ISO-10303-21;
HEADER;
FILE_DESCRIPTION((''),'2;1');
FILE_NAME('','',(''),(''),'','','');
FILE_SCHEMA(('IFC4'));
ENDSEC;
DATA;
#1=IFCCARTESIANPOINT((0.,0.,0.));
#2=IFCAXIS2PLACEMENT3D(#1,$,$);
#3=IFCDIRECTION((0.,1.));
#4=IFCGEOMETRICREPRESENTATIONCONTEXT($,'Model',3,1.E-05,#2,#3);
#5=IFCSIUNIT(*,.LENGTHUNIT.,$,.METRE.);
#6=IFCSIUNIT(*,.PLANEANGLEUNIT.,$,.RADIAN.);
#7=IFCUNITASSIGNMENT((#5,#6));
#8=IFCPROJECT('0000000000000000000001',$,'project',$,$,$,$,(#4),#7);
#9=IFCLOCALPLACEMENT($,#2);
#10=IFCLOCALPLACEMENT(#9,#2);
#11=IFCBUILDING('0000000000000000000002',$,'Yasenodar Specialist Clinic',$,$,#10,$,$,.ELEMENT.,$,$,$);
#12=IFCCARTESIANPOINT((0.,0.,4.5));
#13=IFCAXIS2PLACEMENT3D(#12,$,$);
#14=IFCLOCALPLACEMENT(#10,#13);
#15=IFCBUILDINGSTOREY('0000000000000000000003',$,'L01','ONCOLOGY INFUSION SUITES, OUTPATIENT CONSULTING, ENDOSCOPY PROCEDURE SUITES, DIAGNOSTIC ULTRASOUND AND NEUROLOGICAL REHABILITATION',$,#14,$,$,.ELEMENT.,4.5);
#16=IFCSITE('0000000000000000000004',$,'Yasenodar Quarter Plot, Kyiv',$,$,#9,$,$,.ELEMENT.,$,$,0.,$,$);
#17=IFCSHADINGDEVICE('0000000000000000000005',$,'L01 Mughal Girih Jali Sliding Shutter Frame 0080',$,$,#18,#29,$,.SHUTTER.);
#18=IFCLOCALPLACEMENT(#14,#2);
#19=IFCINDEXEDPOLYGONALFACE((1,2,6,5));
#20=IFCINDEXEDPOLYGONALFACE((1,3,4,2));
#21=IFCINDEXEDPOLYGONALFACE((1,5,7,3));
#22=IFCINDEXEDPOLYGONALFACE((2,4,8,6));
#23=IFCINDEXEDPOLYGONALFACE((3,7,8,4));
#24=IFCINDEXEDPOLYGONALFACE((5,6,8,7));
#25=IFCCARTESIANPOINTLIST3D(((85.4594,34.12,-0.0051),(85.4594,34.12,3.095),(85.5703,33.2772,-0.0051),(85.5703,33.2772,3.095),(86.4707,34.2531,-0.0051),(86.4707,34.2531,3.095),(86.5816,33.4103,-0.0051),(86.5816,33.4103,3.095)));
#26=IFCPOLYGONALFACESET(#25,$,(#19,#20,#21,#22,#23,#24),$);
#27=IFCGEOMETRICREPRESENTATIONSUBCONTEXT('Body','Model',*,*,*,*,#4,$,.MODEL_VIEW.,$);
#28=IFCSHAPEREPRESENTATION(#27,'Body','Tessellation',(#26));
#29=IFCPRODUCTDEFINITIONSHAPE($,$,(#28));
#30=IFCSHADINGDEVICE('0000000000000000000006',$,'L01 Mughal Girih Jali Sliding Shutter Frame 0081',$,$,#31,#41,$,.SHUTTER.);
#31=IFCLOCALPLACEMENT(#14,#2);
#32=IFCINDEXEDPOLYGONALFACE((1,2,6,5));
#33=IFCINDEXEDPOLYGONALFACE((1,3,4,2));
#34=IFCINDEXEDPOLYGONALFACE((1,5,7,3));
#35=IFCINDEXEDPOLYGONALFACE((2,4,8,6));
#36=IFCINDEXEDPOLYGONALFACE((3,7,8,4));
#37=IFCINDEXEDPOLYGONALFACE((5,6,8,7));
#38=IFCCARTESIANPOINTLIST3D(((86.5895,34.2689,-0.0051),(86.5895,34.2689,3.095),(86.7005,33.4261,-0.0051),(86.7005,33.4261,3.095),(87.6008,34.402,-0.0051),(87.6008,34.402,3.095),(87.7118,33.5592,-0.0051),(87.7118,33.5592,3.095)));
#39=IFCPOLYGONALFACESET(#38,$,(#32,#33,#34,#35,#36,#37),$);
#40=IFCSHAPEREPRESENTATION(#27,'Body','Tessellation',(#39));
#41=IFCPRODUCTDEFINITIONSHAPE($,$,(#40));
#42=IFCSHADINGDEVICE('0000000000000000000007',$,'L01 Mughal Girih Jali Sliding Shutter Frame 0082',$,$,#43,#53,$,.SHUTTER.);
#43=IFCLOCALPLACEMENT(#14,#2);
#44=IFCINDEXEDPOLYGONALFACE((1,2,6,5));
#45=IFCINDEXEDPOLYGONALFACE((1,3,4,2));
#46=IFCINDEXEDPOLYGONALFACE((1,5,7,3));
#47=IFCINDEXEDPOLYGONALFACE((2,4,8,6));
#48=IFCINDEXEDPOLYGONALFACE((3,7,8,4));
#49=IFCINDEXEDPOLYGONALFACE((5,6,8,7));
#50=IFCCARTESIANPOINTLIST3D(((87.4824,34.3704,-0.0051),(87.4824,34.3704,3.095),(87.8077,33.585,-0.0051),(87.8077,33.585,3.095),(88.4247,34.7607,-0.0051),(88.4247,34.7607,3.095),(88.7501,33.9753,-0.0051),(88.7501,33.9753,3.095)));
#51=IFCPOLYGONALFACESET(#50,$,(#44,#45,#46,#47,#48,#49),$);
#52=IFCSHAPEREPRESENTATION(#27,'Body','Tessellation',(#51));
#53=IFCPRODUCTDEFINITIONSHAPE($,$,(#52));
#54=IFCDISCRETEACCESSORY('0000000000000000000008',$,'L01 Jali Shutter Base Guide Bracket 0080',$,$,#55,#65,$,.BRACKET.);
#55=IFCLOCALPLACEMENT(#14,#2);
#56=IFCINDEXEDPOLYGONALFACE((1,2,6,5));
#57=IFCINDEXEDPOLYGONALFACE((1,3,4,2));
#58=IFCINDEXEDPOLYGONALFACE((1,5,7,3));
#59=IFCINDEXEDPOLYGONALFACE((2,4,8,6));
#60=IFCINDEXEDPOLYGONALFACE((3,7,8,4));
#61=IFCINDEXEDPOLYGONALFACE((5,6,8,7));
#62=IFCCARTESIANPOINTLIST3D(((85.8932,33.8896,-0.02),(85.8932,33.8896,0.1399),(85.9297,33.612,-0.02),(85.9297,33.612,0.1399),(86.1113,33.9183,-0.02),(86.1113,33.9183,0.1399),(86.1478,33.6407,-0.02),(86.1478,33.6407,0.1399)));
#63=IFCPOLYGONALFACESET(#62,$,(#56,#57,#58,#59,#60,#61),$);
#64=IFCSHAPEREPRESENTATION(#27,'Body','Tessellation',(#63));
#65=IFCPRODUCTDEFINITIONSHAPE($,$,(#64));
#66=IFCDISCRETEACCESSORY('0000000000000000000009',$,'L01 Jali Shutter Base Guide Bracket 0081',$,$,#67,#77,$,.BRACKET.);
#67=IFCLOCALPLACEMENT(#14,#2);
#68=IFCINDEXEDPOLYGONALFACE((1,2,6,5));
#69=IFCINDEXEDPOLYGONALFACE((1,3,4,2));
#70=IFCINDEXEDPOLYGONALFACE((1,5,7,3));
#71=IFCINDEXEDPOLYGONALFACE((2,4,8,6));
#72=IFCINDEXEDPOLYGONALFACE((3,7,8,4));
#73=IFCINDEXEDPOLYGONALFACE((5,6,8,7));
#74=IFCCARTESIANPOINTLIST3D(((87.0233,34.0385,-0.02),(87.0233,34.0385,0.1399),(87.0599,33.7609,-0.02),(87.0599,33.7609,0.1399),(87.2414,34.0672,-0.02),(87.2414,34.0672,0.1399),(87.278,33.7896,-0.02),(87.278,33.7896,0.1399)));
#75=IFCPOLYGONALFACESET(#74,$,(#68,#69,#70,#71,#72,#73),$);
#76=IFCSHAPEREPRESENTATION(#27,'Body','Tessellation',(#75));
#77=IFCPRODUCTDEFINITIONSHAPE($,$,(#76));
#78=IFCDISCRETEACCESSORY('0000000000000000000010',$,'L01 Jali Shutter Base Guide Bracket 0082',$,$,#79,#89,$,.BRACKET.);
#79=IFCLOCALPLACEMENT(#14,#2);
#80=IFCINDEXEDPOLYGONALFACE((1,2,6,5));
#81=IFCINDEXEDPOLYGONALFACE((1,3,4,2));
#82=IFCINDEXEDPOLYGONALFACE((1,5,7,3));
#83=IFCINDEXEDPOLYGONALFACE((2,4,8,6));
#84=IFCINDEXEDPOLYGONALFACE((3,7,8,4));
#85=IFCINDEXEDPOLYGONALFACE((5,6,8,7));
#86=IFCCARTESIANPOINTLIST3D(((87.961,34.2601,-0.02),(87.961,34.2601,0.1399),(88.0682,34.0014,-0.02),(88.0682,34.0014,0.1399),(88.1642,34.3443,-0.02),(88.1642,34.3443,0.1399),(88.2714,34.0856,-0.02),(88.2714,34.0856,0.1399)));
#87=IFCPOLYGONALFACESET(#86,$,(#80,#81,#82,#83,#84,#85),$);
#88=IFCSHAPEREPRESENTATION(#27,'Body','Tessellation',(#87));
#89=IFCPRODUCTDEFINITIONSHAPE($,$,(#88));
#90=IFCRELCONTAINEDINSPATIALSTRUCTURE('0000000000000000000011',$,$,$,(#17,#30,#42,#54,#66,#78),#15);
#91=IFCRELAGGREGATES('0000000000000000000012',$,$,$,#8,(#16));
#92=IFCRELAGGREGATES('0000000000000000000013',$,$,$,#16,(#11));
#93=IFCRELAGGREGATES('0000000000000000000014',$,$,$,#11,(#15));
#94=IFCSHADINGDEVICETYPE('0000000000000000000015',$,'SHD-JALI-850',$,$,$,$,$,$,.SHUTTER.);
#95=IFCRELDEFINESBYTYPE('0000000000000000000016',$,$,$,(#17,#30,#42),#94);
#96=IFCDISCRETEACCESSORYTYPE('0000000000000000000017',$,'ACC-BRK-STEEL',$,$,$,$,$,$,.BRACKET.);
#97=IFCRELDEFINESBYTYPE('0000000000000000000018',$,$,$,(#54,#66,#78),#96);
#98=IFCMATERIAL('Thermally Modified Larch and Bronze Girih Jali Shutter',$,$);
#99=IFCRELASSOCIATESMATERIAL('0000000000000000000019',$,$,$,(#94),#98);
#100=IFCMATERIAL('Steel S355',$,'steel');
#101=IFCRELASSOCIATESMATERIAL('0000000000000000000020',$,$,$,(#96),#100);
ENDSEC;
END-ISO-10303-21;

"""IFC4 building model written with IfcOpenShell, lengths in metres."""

from ifc_helpers import new_model, si_unit, direction, frame, origin, origin_2d, place, context, subcontext, project, spatial, rectangle, extrude, material, type_object, element, save


model = new_model("IFC4")

# Units and contexts
model_context = context("Model", 3, precision=1e-05, world=origin(), true_north=direction((0.0, 1.0)))
body_context = subcontext(model_context, "Body", "Model", "MODEL_VIEW")
ifc_project = project(units=[si_unit("LENGTHUNIT", "METRE"), si_unit("PLANEANGLEUNIT", "RADIAN")], contexts=[model_context])

# Site, building, storey
site_placement = place(None, origin())
site = spatial("IfcSite", under=ifc_project, at=site_placement, Name="Yasenodar Quarter Plot, Kyiv", CompositionType="ELEMENT", RefElevation=0.0)
building_placement = place(site_placement, origin())
building = spatial("IfcBuilding", under=site, at=building_placement, Name="Yasenodar Specialist Clinic", CompositionType="ELEMENT")
storey_placement = place(building_placement, frame((0.0, 0.0, 4.5)))
storey = spatial("IfcBuildingStorey", under=building, at=storey_placement, Name="L01", Description="ONCOLOGY INFUSION SUITES, OUTPATIENT CONSULTING, ENDOSCOPY PROCEDURE SUITES, DIAGNOSTIC ULTRASOUND AND NEUROLOGICAL REHABILITATION", CompositionType="ELEMENT", Elevation=4.5)

# Shared definitions
ifc_material_1 = material(Name="Steel S355", Category="steel")

# Shading devices
ifc_material_2 = material(Name="Thermally Modified Larch and Bronze Girih Jali Shutter")
shading_device_type = type_object("IfcShadingDeviceType", Name="SHD-JALI-850", PredefinedType="SHUTTER", material=ifc_material_2)
for number, where, z_axis, x_axis, name in (
    (1, (86.0205, 33.7651, -0.0051), (0.0, 0.0, 1.0), (0.991446, 0.130519, 0.0), "L01 Mughal Girih Jali Sliding Shutter Frame 0080"),
    (2, (87.1506, 33.9141, -0.0051), (0.0, 0.0, 1.0), (0.991446, 0.130519, 0.0), "L01 Mughal Girih Jali Sliding Shutter Frame 0081"),
    (3, (88.1162, 34.1729, -0.0051), (0.0, 0.0, 1.0), (0.923878, 0.382687, 0.0), "L01 Mughal Girih Jali Sliding Shutter Frame 0082"),
):
    element("IfcShadingDevice", number, at=place(storey_placement, frame(where, z_axis=z_axis, x_axis=x_axis)), inside=storey, type_object=shading_device_type, Name=name, PredefinedType="SHUTTER", context=body_context, shape_type="SweptSolid", body=[
        extrude(rectangle(XDim=1.02, YDim=0.8501, at=origin_2d()), origin(), (0.0, 0.0, 1.0), 3.1001),
    ])

# Discrete accessories
discrete_accessory_type = type_object("IfcDiscreteAccessoryType", Name="ACC-BRK-STEEL", PredefinedType="BRACKET", material=ifc_material_1)
for number, where, z_axis, x_axis, name in (
    (4, (86.0205, 33.7651, -0.02), (0.0, 0.0, 1.0), (0.991446, 0.130519, 0.0), "L01 Jali Shutter Base Guide Bracket 0080"),
    (5, (87.1506, 33.9141, -0.02), (0.0, 0.0, 1.0), (0.991446, 0.130519, 0.0), "L01 Jali Shutter Base Guide Bracket 0081"),
    (6, (88.1162, 34.1729, -0.02), (0.0, 0.0, 1.0), (0.923878, 0.382687, 0.0), "L01 Jali Shutter Base Guide Bracket 0082"),
):
    element("IfcDiscreteAccessory", number, at=place(storey_placement, frame(where, z_axis=z_axis, x_axis=x_axis)), inside=storey, type_object=discrete_accessory_type, Name=name, PredefinedType="BRACKET", context=body_context, shape_type="SweptSolid", body=[
        extrude(rectangle(XDim=0.22, YDim=0.28, at=origin_2d()), origin(), (0.0, 0.0, 1.0), 0.1599),
    ])

save(model, "model.ifc")
